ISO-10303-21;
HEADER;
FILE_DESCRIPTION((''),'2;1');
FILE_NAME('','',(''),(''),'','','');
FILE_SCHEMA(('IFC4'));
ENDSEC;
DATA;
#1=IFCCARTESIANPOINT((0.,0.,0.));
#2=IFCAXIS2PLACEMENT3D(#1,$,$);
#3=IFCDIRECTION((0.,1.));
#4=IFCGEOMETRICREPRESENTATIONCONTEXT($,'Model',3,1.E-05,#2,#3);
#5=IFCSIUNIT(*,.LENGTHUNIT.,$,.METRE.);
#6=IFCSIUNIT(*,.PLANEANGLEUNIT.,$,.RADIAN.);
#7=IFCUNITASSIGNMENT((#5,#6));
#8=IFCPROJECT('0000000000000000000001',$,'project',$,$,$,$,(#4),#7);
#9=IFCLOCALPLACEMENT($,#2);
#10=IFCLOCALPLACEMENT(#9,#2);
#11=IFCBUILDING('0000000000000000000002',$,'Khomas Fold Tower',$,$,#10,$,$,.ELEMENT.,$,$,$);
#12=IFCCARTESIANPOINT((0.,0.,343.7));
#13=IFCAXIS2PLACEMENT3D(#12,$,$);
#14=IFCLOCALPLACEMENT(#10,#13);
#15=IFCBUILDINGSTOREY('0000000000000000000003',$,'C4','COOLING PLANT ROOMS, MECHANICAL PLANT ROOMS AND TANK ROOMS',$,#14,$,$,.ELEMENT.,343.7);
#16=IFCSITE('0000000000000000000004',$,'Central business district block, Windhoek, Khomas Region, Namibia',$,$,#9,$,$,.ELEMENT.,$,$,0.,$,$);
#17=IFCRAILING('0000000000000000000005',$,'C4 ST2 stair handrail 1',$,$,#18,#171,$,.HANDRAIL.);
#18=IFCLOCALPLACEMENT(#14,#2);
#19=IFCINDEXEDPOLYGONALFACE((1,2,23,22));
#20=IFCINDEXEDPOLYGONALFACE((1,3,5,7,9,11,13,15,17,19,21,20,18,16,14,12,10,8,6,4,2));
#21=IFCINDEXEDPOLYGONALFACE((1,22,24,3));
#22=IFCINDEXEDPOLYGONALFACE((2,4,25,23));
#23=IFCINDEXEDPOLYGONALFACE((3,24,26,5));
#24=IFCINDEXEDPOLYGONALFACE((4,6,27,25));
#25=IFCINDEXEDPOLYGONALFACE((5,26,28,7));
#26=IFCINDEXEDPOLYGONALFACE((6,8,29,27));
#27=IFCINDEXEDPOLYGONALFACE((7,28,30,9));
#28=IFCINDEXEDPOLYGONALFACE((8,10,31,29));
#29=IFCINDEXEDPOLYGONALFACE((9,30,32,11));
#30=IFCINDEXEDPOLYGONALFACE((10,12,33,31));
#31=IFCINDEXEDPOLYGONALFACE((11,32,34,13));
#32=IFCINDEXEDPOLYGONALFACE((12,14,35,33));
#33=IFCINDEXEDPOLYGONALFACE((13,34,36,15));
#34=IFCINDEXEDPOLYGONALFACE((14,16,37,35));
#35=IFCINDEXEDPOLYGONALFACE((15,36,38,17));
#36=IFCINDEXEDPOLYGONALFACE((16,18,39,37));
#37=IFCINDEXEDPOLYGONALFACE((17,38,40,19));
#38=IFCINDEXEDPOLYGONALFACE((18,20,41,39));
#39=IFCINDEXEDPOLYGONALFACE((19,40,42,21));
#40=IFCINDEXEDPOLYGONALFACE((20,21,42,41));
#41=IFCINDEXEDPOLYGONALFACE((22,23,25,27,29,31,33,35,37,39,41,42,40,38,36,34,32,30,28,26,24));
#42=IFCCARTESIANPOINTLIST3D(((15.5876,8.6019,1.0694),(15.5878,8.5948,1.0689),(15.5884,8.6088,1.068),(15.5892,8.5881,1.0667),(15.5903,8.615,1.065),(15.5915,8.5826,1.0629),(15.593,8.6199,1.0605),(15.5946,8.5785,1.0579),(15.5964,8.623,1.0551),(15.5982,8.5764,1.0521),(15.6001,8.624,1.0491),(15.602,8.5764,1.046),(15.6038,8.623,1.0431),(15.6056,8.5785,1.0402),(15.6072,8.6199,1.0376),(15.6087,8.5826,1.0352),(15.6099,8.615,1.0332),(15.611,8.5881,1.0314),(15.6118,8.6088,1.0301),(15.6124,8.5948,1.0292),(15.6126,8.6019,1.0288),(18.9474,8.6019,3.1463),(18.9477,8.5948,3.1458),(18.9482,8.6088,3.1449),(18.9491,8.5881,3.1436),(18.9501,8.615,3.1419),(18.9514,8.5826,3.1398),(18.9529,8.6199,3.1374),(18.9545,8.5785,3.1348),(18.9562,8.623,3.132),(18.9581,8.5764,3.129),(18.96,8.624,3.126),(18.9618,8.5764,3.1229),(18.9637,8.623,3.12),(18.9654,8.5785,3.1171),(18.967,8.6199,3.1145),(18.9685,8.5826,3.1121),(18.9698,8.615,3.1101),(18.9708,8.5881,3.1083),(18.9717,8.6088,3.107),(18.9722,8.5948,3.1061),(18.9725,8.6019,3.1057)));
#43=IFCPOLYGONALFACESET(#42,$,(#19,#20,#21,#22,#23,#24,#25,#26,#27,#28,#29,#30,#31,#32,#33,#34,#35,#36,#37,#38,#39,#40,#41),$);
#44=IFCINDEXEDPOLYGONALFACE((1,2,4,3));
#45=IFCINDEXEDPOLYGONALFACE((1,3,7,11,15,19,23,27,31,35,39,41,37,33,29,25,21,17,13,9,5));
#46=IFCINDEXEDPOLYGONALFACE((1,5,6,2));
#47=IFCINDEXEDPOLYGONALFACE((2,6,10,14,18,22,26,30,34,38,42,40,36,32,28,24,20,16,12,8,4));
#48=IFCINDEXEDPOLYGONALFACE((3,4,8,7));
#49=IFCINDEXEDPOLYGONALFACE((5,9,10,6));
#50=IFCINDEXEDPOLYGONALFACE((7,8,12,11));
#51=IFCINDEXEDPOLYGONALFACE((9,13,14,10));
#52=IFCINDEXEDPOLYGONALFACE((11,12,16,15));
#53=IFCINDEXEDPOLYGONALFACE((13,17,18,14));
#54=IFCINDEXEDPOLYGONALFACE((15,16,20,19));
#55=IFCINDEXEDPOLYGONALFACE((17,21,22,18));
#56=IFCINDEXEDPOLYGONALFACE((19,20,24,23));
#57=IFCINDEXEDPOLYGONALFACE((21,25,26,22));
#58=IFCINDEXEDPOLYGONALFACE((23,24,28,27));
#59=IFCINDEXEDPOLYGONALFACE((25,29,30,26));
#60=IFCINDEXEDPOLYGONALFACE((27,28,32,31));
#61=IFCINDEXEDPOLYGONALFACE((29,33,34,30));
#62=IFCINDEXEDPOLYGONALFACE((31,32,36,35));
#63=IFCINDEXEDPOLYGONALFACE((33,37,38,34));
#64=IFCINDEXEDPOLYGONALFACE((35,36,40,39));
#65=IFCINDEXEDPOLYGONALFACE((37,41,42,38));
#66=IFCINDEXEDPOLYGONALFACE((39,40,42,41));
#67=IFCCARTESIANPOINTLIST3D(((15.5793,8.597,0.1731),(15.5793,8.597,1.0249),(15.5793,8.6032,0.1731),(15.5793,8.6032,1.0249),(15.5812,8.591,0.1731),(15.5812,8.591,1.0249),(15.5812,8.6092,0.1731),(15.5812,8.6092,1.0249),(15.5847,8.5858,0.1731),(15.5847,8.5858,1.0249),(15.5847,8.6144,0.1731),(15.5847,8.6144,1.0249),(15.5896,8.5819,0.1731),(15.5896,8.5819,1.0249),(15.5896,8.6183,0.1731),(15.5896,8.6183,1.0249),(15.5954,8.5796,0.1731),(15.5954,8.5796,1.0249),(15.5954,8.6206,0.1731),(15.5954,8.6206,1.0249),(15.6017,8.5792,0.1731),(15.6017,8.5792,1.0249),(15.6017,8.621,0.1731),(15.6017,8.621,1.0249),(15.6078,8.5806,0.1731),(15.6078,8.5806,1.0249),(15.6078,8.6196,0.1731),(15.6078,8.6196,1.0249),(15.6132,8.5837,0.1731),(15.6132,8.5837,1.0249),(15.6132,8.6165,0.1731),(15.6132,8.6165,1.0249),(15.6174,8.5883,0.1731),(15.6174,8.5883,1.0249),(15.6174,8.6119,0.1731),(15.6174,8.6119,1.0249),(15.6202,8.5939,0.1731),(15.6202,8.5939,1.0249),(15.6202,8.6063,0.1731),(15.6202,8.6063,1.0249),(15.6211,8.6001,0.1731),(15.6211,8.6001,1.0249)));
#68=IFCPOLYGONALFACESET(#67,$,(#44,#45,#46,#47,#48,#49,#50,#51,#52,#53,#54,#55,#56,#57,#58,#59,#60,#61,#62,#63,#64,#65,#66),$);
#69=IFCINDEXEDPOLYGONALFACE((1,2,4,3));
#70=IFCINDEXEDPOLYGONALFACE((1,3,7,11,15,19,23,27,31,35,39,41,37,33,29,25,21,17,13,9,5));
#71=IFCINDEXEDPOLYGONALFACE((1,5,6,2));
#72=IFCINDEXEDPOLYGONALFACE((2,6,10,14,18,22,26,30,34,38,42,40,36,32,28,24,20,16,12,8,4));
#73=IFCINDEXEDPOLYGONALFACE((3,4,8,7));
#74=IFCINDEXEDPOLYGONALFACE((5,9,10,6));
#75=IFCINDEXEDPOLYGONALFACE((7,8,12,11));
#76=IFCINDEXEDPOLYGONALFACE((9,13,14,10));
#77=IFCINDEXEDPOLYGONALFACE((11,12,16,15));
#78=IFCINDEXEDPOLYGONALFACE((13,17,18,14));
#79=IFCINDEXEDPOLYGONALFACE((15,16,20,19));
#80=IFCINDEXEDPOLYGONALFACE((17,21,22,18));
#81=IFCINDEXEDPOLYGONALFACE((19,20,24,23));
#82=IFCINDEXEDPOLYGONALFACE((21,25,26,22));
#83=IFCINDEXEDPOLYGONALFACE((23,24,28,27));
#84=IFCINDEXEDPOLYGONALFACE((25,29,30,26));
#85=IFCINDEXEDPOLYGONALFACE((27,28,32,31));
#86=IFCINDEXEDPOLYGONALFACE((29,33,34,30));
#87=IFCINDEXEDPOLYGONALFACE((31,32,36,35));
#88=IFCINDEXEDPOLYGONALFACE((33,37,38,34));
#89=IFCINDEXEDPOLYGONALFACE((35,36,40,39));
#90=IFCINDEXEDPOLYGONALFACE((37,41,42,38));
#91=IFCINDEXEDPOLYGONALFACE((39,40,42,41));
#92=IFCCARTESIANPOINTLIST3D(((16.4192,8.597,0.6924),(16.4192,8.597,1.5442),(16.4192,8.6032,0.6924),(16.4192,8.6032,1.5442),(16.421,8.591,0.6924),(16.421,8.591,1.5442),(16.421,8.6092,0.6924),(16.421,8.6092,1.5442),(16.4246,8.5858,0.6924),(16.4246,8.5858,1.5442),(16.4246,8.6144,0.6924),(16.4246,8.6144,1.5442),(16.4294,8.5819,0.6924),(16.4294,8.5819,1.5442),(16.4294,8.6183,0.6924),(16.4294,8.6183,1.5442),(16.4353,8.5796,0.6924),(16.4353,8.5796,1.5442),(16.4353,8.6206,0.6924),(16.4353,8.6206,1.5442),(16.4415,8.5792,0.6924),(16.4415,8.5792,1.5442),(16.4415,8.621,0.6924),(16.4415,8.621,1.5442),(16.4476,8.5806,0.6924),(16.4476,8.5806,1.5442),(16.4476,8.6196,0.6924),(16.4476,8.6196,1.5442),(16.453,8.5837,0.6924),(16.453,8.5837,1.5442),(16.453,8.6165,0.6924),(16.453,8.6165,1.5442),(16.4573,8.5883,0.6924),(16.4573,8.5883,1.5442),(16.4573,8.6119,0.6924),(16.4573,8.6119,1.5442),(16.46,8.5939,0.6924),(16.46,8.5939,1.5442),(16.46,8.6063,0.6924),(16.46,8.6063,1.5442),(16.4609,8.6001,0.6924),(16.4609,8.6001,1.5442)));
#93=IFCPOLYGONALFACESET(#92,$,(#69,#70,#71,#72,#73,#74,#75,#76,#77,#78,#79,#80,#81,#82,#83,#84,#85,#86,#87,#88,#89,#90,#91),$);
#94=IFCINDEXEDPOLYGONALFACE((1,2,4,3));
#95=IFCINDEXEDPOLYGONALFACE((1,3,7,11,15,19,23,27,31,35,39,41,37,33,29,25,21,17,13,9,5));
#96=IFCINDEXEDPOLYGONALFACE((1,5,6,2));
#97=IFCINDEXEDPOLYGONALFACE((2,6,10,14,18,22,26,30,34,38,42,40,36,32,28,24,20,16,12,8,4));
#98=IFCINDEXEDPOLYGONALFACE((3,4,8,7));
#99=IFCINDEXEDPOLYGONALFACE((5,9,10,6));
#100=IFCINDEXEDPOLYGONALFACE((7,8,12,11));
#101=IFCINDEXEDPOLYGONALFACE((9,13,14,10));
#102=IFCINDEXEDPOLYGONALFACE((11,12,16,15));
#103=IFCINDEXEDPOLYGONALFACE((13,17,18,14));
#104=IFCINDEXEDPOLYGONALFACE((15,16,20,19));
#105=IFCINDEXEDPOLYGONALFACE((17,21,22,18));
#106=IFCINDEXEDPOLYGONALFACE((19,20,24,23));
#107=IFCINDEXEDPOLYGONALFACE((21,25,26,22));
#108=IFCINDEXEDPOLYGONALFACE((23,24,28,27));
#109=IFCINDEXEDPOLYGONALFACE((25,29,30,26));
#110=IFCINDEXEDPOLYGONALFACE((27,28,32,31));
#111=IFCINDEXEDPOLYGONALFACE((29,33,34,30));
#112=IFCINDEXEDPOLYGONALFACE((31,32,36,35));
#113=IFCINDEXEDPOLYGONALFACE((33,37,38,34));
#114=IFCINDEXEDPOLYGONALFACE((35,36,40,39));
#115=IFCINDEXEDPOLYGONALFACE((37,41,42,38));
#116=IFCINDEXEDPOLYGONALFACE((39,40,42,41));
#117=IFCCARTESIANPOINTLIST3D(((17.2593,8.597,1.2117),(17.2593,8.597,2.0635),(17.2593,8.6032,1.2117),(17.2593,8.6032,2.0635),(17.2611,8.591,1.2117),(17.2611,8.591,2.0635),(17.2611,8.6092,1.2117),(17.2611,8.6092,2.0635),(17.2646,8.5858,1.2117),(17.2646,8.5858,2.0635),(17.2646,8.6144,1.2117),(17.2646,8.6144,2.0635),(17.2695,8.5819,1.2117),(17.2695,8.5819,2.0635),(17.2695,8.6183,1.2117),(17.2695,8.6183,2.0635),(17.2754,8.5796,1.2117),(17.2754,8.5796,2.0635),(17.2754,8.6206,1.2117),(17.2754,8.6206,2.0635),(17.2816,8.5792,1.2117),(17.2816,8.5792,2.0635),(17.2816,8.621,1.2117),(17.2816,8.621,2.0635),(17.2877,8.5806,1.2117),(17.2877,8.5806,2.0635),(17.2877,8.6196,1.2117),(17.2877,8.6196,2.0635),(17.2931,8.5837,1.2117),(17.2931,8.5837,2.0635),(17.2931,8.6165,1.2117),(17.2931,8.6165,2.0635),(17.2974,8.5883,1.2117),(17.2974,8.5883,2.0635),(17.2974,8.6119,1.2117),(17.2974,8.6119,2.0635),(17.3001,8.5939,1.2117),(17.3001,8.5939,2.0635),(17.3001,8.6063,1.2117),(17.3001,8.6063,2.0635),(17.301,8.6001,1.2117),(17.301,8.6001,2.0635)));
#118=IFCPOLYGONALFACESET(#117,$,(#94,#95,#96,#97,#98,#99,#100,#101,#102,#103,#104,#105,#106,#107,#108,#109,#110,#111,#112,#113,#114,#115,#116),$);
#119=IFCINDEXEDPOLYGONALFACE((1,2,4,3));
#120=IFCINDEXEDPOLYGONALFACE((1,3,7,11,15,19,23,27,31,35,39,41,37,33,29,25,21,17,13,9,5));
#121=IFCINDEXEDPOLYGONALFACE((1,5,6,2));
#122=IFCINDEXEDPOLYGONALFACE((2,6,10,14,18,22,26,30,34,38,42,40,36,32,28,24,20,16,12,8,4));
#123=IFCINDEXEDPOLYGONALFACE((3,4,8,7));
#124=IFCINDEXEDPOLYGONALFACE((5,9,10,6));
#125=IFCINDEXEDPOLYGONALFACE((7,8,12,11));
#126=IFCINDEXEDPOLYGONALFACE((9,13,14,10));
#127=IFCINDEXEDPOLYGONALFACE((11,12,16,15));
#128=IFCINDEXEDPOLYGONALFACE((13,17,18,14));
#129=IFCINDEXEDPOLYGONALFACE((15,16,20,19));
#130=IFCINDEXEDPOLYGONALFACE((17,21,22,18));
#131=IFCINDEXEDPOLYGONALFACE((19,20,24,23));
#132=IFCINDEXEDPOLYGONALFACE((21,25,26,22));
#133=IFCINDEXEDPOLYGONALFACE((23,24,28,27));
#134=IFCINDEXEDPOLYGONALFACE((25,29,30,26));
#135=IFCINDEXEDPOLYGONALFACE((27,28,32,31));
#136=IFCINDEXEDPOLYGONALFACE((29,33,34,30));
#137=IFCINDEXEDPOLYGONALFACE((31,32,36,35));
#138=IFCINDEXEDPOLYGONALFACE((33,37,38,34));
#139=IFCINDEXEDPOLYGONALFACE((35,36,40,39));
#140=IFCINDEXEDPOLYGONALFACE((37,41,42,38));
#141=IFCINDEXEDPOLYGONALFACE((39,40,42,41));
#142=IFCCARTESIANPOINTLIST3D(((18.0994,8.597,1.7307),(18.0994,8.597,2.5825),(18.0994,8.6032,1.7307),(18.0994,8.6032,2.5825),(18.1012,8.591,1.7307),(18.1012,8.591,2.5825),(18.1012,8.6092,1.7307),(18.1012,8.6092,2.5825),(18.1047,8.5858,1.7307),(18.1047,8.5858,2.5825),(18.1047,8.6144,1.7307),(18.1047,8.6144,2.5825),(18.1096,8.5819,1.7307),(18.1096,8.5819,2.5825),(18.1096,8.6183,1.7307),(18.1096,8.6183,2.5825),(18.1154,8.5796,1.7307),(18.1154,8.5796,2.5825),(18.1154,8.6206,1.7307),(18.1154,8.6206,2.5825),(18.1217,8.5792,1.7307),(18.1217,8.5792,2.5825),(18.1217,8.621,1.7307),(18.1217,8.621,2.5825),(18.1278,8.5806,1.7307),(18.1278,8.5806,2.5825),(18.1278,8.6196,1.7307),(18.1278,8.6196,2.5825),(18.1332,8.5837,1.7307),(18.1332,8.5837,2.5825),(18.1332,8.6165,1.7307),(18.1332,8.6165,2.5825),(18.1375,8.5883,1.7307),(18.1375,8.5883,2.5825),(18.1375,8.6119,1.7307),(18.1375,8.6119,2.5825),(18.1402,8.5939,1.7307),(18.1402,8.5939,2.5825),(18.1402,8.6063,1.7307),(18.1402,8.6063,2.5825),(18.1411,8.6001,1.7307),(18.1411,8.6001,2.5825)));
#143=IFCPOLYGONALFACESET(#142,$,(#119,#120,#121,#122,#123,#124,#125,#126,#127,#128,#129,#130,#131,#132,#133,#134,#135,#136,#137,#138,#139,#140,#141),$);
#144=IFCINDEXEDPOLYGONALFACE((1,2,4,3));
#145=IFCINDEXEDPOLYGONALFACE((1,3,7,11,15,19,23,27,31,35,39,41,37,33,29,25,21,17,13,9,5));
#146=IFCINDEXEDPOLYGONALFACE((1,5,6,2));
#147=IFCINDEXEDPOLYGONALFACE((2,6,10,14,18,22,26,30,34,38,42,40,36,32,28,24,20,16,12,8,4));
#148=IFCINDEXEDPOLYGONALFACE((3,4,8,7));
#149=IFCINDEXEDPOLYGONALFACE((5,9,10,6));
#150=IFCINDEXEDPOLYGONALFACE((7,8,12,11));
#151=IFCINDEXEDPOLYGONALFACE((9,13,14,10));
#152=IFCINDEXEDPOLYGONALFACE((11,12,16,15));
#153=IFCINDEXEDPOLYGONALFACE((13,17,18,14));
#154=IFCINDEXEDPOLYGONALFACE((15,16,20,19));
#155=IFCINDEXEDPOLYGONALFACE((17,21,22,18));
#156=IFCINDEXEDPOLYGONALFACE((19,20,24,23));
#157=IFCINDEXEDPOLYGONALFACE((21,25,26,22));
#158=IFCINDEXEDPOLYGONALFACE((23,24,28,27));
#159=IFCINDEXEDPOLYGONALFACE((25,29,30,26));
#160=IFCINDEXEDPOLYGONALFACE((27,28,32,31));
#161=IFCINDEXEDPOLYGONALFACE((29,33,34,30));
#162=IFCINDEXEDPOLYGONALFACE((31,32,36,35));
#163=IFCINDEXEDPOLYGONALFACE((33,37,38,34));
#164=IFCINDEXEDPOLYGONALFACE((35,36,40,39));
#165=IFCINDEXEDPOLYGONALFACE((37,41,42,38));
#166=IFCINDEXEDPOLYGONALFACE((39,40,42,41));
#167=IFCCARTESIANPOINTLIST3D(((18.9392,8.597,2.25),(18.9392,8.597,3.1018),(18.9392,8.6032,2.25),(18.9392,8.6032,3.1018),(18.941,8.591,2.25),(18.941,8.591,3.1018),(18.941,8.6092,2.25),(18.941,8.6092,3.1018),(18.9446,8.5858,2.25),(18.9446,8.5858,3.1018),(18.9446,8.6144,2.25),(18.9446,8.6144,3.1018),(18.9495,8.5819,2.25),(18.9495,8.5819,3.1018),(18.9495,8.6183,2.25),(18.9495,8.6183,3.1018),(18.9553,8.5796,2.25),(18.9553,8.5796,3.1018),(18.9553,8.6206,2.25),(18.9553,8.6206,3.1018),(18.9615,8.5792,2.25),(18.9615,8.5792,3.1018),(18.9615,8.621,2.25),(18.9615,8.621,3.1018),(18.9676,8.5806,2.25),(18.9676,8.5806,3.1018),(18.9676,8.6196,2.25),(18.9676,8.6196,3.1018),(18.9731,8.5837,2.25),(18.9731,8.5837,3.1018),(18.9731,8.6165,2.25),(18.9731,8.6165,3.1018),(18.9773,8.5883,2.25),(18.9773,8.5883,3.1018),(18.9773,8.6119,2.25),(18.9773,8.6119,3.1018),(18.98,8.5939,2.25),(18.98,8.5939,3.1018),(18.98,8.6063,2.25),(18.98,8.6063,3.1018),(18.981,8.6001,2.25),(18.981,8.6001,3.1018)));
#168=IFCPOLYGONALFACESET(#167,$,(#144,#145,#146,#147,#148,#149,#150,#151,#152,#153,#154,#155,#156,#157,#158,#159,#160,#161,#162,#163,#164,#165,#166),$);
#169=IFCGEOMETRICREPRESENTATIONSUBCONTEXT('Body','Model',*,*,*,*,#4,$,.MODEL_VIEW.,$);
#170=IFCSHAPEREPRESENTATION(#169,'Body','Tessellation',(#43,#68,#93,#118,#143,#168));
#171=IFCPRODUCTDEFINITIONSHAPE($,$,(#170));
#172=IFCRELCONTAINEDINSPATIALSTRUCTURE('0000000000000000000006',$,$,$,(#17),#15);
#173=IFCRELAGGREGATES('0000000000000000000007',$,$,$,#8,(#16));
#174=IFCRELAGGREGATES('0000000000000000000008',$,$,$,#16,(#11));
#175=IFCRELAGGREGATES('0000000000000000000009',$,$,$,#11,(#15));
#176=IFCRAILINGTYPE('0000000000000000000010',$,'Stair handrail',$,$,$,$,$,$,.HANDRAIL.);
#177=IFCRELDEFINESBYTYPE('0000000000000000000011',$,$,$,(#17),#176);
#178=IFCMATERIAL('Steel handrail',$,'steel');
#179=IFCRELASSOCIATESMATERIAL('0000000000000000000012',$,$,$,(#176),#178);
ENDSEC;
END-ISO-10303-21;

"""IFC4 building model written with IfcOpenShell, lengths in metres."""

from ifc_helpers import new_model, si_unit, direction, frame, origin, origin_2d, place, context, subcontext, project, spatial, circle, extrude, source, transform, mapped, material, type_object, element, save


model = new_model("IFC4")

# Units and contexts
model_context = context("Model", 3, precision=1e-05, world=origin(), true_north=direction((0.0, 1.0)))
body_context = subcontext(model_context, "Body", "Model", "MODEL_VIEW")
ifc_project = project(units=[si_unit("LENGTHUNIT", "METRE"), si_unit("PLANEANGLEUNIT", "RADIAN")], contexts=[model_context])

# Site, building, storey
site_placement = place(None, origin())
site = spatial("IfcSite", under=ifc_project, at=site_placement, Name="Central business district block, Windhoek, Khomas Region, Namibia", CompositionType="ELEMENT", RefElevation=0.0)
building_placement = place(site_placement, origin())
building = spatial("IfcBuilding", under=site, at=building_placement, Name="Khomas Fold Tower", CompositionType="ELEMENT")
storey_placement = place(building_placement, frame((0.0, 0.0, 343.7)))
storey = spatial("IfcBuildingStorey", under=building, at=storey_placement, Name="C4", Description="COOLING PLANT ROOMS, MECHANICAL PLANT ROOMS AND TANK ROOMS", CompositionType="ELEMENT", Elevation=343.7)

# Railing
ifc_material_1 = material(Name="Steel handrail", Category="steel")
railing_type_1 = type_object("IfcRailingType", Name="Stair handrail", PredefinedType="HANDRAIL", material=ifc_material_1)
shared_shape_1 = source(origin(), body_context, "Body", "SweptSolid", [
    extrude(circle(Radius=0.0239, at=origin_2d()), frame((0.0, 0.0, 0.876), z_axis=(0.850606, 0.0, 0.525803), x_axis=(0.0, 1.0, 0.0)), (0.0, 0.0, 1.0), 3.95),
    extrude(circle(Radius=0.021, at=origin_2d()), origin(), (0.0, 0.0, 1.0), 0.8518),
    extrude(circle(Radius=0.021, at=origin_2d()), frame((0.8398, 0.0, 0.5193)), (0.0, 0.0, 1.0), 0.8518),
    extrude(circle(Radius=0.021, at=origin_2d()), frame((1.6799, 0.0, 1.0386)), (0.0, 0.0, 1.0), 0.8518),
    extrude(circle(Radius=0.021, at=origin_2d()), frame((2.52, 0.0, 1.5576)), (0.0, 0.0, 1.0), 0.8518),
    extrude(circle(Radius=0.021, at=origin_2d()), frame((3.3599, 0.0, 2.0769)), (0.0, 0.0, 1.0), 0.8518),
])
railing_1_placement = place(storey_placement, frame((15.6001, 8.6001, 0.1731)))
element("IfcRailing", 1, at=railing_1_placement, inside=storey, type_object=railing_type_1, Name="C4 ST2 stair handrail 1", PredefinedType="HANDRAIL", context=body_context, shape_type="MappedRepresentation", body=[
    mapped(shared_shape_1, transform((0.0, 0.0, 0.0))),
])

save(model, "model.ifc")
